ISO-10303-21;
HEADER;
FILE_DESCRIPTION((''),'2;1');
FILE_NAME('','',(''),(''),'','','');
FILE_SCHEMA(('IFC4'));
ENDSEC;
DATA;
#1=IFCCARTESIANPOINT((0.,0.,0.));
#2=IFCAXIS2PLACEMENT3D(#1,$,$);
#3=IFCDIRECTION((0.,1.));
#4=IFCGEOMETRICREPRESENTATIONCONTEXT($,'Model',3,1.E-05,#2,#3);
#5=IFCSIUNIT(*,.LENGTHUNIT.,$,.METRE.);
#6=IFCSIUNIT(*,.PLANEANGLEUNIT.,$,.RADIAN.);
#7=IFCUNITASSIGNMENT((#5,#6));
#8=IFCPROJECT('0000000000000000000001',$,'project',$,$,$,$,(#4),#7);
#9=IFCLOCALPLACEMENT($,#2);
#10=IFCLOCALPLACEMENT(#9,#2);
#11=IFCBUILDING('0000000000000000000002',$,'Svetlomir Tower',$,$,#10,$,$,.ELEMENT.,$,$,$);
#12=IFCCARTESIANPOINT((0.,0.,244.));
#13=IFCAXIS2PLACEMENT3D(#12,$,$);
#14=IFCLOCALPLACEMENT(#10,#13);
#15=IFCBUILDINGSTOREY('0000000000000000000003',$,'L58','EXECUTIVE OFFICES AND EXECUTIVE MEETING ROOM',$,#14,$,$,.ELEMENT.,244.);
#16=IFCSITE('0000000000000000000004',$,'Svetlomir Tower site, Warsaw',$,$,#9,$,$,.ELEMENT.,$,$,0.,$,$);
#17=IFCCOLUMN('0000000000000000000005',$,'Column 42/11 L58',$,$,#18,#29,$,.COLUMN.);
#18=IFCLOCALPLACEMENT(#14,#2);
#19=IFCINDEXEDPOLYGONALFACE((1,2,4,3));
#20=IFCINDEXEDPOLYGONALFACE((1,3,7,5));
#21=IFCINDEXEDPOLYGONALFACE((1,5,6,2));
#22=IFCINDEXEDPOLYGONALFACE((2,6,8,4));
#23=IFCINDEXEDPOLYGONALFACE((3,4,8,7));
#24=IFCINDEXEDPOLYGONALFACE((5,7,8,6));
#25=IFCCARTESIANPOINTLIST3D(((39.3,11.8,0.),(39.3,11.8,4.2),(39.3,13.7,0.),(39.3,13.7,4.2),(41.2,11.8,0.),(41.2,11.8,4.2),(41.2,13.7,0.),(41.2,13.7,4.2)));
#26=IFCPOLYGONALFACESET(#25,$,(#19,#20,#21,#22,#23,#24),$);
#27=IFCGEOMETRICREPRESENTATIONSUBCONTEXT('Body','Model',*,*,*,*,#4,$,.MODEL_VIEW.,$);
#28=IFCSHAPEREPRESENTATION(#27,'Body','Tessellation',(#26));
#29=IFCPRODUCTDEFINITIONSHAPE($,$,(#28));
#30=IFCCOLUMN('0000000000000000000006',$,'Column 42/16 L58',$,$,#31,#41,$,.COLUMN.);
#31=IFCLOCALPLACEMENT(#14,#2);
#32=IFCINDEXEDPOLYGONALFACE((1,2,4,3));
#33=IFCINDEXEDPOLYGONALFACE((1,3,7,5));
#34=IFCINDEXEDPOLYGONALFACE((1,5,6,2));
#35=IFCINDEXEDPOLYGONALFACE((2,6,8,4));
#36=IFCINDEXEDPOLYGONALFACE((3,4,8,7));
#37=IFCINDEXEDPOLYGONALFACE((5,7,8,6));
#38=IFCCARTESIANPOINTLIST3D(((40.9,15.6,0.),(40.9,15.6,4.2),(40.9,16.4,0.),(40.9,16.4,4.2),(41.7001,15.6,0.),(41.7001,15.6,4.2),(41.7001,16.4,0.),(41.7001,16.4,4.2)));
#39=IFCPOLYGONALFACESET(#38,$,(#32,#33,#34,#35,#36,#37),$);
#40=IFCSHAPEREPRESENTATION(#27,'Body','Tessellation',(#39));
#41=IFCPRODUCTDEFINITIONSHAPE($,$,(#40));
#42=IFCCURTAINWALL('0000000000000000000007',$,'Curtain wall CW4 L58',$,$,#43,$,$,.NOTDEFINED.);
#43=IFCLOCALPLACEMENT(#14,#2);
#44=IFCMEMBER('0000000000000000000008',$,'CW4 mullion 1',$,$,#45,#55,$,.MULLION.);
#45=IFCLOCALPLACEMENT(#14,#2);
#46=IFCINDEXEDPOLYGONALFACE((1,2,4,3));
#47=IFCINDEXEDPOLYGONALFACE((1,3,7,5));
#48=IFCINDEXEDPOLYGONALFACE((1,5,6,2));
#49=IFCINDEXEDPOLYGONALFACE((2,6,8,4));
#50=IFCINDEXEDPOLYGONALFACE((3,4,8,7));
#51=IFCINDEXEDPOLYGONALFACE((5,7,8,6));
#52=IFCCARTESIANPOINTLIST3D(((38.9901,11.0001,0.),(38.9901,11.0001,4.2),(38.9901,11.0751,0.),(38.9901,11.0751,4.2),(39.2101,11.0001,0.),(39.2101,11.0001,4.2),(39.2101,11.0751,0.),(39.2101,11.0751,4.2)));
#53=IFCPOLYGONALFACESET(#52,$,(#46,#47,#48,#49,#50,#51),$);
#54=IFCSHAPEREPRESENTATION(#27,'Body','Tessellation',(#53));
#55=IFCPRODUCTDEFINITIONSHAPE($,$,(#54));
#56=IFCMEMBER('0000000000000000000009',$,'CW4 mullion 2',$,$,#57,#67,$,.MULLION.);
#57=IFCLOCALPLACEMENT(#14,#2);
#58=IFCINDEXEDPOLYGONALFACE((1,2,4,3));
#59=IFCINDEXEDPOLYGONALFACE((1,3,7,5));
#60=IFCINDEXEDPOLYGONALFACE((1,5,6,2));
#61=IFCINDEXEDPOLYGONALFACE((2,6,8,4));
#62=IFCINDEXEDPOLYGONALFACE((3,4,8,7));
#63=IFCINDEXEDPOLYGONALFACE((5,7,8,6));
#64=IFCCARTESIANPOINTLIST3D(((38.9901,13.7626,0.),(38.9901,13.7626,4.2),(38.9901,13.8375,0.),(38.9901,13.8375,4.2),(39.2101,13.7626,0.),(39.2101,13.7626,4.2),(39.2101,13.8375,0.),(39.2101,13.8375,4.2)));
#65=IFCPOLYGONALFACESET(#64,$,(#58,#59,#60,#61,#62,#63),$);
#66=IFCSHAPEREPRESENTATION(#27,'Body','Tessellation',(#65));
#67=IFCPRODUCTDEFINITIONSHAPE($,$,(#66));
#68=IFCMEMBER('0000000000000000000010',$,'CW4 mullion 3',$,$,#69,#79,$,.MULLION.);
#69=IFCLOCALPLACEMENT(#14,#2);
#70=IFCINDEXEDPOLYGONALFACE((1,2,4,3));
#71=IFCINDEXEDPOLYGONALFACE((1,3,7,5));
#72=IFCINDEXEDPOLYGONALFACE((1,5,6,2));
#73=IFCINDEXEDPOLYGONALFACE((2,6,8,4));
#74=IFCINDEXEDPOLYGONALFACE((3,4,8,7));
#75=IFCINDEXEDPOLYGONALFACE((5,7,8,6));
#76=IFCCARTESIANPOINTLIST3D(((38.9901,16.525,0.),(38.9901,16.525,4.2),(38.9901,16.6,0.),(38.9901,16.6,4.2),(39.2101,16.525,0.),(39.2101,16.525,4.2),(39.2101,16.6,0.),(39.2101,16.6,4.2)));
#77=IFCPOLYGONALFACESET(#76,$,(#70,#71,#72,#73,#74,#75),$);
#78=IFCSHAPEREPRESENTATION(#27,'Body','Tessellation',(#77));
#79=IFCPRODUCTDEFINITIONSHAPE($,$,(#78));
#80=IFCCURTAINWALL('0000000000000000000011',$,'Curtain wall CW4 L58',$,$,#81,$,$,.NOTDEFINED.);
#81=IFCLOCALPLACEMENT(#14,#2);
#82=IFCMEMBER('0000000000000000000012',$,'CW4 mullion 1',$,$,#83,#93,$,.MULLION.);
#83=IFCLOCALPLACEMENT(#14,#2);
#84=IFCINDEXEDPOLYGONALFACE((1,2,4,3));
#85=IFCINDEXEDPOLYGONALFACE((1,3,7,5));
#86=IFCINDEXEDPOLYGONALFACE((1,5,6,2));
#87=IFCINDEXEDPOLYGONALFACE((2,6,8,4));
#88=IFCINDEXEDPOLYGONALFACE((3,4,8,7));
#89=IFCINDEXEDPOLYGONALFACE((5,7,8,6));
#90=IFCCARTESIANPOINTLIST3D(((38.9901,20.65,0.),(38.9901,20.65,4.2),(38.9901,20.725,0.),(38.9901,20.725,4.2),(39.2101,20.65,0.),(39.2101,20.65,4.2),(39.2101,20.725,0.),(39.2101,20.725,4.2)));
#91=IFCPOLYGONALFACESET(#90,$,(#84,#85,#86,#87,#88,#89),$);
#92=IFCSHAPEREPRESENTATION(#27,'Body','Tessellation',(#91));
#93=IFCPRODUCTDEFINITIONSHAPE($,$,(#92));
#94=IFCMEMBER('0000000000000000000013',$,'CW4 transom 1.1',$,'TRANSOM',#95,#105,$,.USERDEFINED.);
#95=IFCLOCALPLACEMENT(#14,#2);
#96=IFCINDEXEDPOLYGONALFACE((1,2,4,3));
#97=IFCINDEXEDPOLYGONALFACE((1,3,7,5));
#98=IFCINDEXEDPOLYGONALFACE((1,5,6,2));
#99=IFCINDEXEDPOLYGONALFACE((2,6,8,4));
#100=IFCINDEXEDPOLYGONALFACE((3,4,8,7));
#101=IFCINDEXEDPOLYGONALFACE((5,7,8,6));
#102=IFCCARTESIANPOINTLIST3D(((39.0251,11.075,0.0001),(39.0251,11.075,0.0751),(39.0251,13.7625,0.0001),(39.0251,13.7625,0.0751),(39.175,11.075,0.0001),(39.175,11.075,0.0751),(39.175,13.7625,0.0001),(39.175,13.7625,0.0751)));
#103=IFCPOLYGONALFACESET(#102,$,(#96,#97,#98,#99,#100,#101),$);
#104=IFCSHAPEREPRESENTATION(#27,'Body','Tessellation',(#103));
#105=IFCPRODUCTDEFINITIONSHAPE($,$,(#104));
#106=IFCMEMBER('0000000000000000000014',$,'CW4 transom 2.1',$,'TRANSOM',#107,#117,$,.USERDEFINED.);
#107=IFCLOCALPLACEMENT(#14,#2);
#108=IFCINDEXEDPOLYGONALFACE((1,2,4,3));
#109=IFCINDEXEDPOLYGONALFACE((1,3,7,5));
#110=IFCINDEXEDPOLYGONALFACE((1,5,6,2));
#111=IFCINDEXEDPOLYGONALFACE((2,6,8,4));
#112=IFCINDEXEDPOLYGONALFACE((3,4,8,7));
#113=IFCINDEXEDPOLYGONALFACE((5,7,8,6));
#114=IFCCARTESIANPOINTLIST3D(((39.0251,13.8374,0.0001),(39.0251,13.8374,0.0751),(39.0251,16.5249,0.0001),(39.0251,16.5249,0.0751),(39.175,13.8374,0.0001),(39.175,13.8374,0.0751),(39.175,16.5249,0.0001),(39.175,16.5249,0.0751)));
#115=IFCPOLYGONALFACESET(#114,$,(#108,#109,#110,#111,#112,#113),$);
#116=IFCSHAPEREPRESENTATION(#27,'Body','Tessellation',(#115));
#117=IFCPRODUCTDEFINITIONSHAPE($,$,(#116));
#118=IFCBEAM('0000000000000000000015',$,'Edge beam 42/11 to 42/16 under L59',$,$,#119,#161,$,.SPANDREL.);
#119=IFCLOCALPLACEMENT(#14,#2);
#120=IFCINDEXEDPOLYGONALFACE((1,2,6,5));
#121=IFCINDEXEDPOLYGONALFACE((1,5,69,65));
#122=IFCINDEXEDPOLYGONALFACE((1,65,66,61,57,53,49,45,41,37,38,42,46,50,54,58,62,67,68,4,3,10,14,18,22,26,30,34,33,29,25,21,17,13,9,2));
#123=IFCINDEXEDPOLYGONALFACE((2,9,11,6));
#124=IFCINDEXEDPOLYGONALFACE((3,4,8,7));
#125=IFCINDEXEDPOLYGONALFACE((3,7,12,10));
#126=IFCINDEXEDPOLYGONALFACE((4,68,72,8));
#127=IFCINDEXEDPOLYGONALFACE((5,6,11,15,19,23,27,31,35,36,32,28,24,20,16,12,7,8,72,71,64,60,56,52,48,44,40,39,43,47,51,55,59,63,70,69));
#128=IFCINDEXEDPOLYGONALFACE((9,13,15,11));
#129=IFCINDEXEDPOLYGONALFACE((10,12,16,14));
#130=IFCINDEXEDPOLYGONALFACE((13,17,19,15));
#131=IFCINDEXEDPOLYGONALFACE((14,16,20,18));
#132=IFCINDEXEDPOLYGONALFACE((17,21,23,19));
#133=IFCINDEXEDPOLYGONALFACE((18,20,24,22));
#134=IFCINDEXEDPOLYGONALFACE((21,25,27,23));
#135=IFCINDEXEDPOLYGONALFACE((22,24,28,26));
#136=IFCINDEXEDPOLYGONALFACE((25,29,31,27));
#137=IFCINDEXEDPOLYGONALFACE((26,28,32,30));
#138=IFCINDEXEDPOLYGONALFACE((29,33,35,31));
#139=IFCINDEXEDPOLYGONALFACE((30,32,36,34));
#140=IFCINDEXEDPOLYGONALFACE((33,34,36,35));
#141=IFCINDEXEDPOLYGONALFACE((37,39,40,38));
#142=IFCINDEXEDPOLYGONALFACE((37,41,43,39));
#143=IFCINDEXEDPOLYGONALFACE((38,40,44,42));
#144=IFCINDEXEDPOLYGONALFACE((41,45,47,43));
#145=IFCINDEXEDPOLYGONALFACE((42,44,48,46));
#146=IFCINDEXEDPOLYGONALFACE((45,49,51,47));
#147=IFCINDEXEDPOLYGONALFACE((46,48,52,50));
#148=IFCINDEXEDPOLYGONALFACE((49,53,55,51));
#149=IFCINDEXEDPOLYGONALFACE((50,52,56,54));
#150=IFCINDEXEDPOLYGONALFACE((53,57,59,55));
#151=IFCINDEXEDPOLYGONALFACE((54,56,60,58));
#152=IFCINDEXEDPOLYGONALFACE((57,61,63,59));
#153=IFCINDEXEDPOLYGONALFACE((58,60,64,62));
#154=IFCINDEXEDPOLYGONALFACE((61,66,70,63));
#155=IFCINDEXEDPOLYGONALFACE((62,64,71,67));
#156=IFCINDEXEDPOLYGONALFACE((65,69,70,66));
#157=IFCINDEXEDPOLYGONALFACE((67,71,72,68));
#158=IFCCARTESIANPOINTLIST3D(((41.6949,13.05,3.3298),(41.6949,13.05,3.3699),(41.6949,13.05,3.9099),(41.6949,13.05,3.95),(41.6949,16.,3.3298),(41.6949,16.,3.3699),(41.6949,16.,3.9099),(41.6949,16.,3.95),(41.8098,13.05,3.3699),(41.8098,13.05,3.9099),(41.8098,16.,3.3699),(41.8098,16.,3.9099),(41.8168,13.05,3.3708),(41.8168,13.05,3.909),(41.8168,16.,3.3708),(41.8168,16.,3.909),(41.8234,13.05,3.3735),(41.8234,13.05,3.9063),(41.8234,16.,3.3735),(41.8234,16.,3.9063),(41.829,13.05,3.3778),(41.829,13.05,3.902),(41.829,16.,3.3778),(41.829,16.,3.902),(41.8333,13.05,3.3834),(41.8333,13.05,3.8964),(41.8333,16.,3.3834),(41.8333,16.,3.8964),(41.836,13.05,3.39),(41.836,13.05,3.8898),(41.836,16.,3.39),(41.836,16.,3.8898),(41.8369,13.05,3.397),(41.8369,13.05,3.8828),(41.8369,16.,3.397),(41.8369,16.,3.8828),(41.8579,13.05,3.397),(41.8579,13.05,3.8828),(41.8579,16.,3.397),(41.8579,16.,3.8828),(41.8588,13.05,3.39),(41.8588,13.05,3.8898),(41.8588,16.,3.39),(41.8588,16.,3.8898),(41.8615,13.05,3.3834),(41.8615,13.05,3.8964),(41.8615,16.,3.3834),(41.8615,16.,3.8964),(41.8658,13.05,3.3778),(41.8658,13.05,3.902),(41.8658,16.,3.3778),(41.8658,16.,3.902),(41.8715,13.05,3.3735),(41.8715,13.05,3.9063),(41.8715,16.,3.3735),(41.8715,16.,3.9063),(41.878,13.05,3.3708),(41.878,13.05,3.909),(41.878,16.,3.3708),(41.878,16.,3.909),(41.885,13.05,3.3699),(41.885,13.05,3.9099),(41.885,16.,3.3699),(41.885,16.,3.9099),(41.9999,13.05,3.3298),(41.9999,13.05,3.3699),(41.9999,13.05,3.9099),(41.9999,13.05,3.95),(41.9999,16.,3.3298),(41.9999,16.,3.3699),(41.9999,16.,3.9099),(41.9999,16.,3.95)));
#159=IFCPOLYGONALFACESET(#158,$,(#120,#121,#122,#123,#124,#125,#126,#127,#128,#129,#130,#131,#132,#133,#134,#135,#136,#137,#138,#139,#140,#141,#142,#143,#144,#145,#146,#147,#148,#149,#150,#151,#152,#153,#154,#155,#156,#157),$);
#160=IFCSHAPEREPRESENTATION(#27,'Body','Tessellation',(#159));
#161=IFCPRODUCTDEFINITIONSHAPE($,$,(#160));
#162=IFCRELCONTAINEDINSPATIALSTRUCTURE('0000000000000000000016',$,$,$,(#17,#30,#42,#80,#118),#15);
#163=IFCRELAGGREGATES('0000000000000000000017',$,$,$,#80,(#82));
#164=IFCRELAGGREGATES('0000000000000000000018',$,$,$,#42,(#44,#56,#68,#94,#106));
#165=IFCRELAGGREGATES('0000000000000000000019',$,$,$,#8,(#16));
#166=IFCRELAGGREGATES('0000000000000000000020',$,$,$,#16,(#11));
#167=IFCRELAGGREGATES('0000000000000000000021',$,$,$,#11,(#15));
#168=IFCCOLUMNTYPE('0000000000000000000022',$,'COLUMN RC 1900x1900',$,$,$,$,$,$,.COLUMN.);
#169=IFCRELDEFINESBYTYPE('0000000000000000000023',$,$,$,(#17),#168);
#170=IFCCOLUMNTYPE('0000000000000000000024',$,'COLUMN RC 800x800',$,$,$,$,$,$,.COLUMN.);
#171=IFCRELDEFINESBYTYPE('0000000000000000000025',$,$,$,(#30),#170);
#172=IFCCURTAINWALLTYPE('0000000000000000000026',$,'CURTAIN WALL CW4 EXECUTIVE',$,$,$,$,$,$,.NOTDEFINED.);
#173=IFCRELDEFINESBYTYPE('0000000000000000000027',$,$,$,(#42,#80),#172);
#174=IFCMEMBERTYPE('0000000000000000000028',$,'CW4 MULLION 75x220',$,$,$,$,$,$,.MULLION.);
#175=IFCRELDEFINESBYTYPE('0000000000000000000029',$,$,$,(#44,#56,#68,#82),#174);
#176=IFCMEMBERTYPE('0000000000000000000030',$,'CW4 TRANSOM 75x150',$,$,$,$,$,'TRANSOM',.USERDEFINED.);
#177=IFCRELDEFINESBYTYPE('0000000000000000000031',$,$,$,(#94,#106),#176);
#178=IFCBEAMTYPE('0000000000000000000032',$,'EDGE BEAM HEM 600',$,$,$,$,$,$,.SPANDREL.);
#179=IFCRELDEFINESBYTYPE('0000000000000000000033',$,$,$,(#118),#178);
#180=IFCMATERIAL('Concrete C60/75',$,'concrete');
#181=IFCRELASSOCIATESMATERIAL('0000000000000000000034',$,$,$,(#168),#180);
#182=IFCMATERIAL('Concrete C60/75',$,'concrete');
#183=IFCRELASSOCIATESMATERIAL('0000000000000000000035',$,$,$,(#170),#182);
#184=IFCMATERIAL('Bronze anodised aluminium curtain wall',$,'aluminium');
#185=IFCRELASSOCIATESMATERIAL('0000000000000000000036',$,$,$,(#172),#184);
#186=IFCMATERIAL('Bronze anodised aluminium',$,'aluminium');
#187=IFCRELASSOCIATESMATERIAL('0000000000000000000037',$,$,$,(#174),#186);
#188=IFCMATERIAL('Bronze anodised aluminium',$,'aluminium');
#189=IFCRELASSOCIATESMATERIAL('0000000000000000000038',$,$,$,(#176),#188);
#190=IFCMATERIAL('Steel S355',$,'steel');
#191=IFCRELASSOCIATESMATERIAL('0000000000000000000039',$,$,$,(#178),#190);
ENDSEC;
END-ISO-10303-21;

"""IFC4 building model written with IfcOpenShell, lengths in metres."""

from ifc_helpers import new_model, si_unit, direction, frame, origin, origin_2d, place, context, subcontext, project, spatial, rectangle, i_section, extrude, material, material_profile, profile_set, type_object, element, aggregate, save


model = new_model("IFC4")

# Units and contexts
model_context = context("Model", 3, precision=1e-05, world=origin(), true_north=direction((0.0, 1.0)))
body_context = subcontext(model_context, "Body", "Model", "MODEL_VIEW")
ifc_project = project(units=[si_unit("LENGTHUNIT", "METRE"), si_unit("PLANEANGLEUNIT", "RADIAN")], contexts=[model_context])

# Site, building, storey
site_placement = place(None, origin())
site = spatial("IfcSite", under=ifc_project, at=site_placement, Name="Svetlomir Tower site, Warsaw", CompositionType="ELEMENT", RefElevation=0.0)
building_placement = place(site_placement, origin())
building = spatial("IfcBuilding", under=site, at=building_placement, Name="Svetlomir Tower", CompositionType="ELEMENT")
storey_placement = place(building_placement, frame((0.0, 0.0, 244.0)))
storey = spatial("IfcBuildingStorey", under=building, at=storey_placement, Name="L58", Description="EXECUTIVE OFFICES AND EXECUTIVE MEETING ROOM", CompositionType="ELEMENT", Elevation=244.0)

# Columns
ifc_material_1 = material(Name="Concrete C60/75", Category="concrete")
ifc_material_profile_1 = material_profile(ifc_material_1, rectangle(XDim=1.8999, YDim=1.8999, at=origin_2d()), Name="RC 1900x1900")
ifc_profile_set_1 = profile_set([ifc_material_profile_1], Name="Concrete C60/75")
column_type_1 = type_object("IfcColumnType", Name="COLUMN RC 1900x1900", PredefinedType="COLUMN", material=ifc_profile_set_1)
column_1_placement = place(storey_placement, frame((40.25, 12.75, 0.0), z_axis=(0.0, 0.0, 1.0), x_axis=(1.0, 0.0, 0.0)))
element("IfcColumn", 1, at=column_1_placement, inside=storey, type_object=column_type_1, Name="Column 42/11 L58", PredefinedType="COLUMN", context=body_context, shape_type="SweptSolid", body=[
    extrude(rectangle(XDim=1.8999, YDim=1.8999, at=origin_2d()), origin(), (0.0, 0.0, 1.0), 4.2),
])
ifc_material_2 = material(Name="Concrete C60/75", Category="concrete")
ifc_material_profile_2 = material_profile(ifc_material_2, rectangle(XDim=0.8, YDim=0.8, at=origin_2d()), Name="RC 800x800")
ifc_profile_set_2 = profile_set([ifc_material_profile_2], Name="Concrete C60/75")
column_type_2 = type_object("IfcColumnType", Name="COLUMN RC 800x800", PredefinedType="COLUMN", material=ifc_profile_set_2)
column_2_placement = place(storey_placement, frame((41.3, 16.0, 0.0), z_axis=(0.0, 0.0, 1.0), x_axis=(1.0, 0.0, 0.0)))
element("IfcColumn", 2, at=column_2_placement, inside=storey, type_object=column_type_2, Name="Column 42/16 L58", PredefinedType="COLUMN", context=body_context, shape_type="SweptSolid", body=[
    extrude(rectangle(XDim=0.8, YDim=0.8, at=origin_2d()), origin(), (0.0, 0.0, 1.0), 4.2),
])

# Curtain wall, members
ifc_material_3 = material(Name="Bronze anodised aluminium curtain wall", Category="aluminium")
curtain_wall_type = type_object("IfcCurtainWallType", Name="CURTAIN WALL CW4 EXECUTIVE", PredefinedType="NOTDEFINED", material=ifc_material_3)
curtain_wall_1_placement = place(storey_placement, origin())
curtain_wall_1 = element("IfcCurtainWall", 3, at=curtain_wall_1_placement, inside=storey, type_object=curtain_wall_type, Name="Curtain wall CW4 L58", PredefinedType="NOTDEFINED")
ifc_material_4 = material(Name="Bronze anodised aluminium", Category="aluminium")
ifc_material_profile_3 = material_profile(ifc_material_4, rectangle(XDim=0.075, YDim=0.22, at=origin_2d()), Name="AL 75x220")
ifc_profile_set_3 = profile_set([ifc_material_profile_3], Name="Bronze anodised aluminium 6063-T6")
member_type_1 = type_object("IfcMemberType", Name="CW4 MULLION 75x220", PredefinedType="MULLION", material=ifc_profile_set_3)
member_1_placement = place(storey_placement, frame((39.1001, 11.0376, 0.0), z_axis=(0.0, 0.0, 1.0), x_axis=(0.0, 1.0, 0.0)))
member_1 = element("IfcMember", 4, at=member_1_placement, type_object=member_type_1, Name="CW4 mullion 1", PredefinedType="MULLION", context=body_context, shape_type="SweptSolid", body=[
    extrude(rectangle(XDim=0.075, YDim=0.22, at=origin_2d()), origin(), (0.0, 0.0, 1.0), 4.2),
])
member_2_placement = place(storey_placement, frame((39.1001, 13.8, 0.0), z_axis=(0.0, 0.0, 1.0), x_axis=(0.0, 1.0, 0.0)))
member_2 = element("IfcMember", 5, at=member_2_placement, type_object=member_type_1, Name="CW4 mullion 2", PredefinedType="MULLION", context=body_context, shape_type="SweptSolid", body=[
    extrude(rectangle(XDim=0.075, YDim=0.22, at=origin_2d()), origin(), (0.0, 0.0, 1.0), 4.2),
])
member_3_placement = place(storey_placement, frame((39.1001, 16.5625, 0.0), z_axis=(0.0, 0.0, 1.0), x_axis=(0.0, 1.0, 0.0)))
member_3 = element("IfcMember", 6, at=member_3_placement, type_object=member_type_1, Name="CW4 mullion 3", PredefinedType="MULLION", context=body_context, shape_type="SweptSolid", body=[
    extrude(rectangle(XDim=0.075, YDim=0.22, at=origin_2d()), origin(), (0.0, 0.0, 1.0), 4.2),
])

# Curtain wall, member
curtain_wall_2_placement = place(storey_placement, origin())
curtain_wall_2 = element("IfcCurtainWall", 7, at=curtain_wall_2_placement, inside=storey, type_object=curtain_wall_type, Name="Curtain wall CW4 L58", PredefinedType="NOTDEFINED")
member_4_placement = place(storey_placement, frame((39.1001, 20.6875, 0.0), z_axis=(0.0, 0.0, 1.0), x_axis=(0.0, 1.0, 0.0)))
member_4 = element("IfcMember", 8, at=member_4_placement, type_object=member_type_1, Name="CW4 mullion 1", PredefinedType="MULLION", context=body_context, shape_type="SweptSolid", body=[
    extrude(rectangle(XDim=0.075, YDim=0.22, at=origin_2d()), origin(), (0.0, 0.0, 1.0), 4.2),
])
aggregate(curtain_wall_2, [member_4])

# Members
ifc_material_5 = material(Name="Bronze anodised aluminium", Category="aluminium")
ifc_material_profile_4 = material_profile(ifc_material_5, rectangle(XDim=0.1499, YDim=0.075, at=origin_2d()), Name="AL 150x75")
ifc_profile_set_4 = profile_set([ifc_material_profile_4], Name="Bronze anodised aluminium 6063-T6")
member_type_2 = type_object("IfcMemberType", Name="CW4 TRANSOM 75x150", ElementType="TRANSOM", PredefinedType="USERDEFINED", material=ifc_profile_set_4)
member_5_placement = place(storey_placement, frame((39.1001, 11.075, 0.0376), z_axis=(0.0, 1.0, 0.0), x_axis=(-1.0, 0.0, 0.0)))
member_5 = element("IfcMember", 9, at=member_5_placement, type_object=member_type_2, Name="CW4 transom 1.1", ObjectType="TRANSOM", PredefinedType="USERDEFINED", context=body_context, shape_type="SweptSolid", body=[
    extrude(rectangle(XDim=0.1499, YDim=0.075, at=origin_2d()), origin(), (0.0, 0.0, 1.0), 2.6875),
])
member_6_placement = place(storey_placement, frame((39.1001, 13.8374, 0.0376), z_axis=(0.0, 1.0, 0.0), x_axis=(-1.0, 0.0, 0.0)))
member_6 = element("IfcMember", 10, at=member_6_placement, type_object=member_type_2, Name="CW4 transom 2.1", ObjectType="TRANSOM", PredefinedType="USERDEFINED", context=body_context, shape_type="SweptSolid", body=[
    extrude(rectangle(XDim=0.1499, YDim=0.075, at=origin_2d()), origin(), (0.0, 0.0, 1.0), 2.6875),
])

# Beam
ifc_material_6 = material(Name="Steel S355", Category="steel")
ifc_material_profile_5 = material_profile(ifc_material_6, i_section(OverallWidth=0.3049, OverallDepth=0.6201, WebThickness=0.021, FlangeThickness=0.04, FilletRadius=0.0271, at=origin_2d()), Name="HEM 600")
ifc_profile_set_5 = profile_set([ifc_material_profile_5], Name="Steel S355")
beam_type_1 = type_object("IfcBeamType", Name="EDGE BEAM HEM 600", PredefinedType="SPANDREL", material=ifc_profile_set_5)
beam_1_placement = place(storey_placement, frame((41.8474, 13.05, 3.6399), z_axis=(0.0, 1.0, 0.0), x_axis=(-1.0, 0.0, 0.0)))
element("IfcBeam", 11, at=beam_1_placement, inside=storey, type_object=beam_type_1, Name="Edge beam 42/11 to 42/16 under L59", PredefinedType="SPANDREL", context=body_context, shape_type="SweptSolid", body=[
    extrude(i_section(OverallWidth=0.3049, OverallDepth=0.6201, WebThickness=0.021, FlangeThickness=0.04, FilletRadius=0.0271, at=origin_2d()), origin(), (0.0, 0.0, 1.0), 2.95),
])

aggregate(curtain_wall_1, [member_1, member_2, member_3, member_5, member_6])

save(model, "model.ifc")
